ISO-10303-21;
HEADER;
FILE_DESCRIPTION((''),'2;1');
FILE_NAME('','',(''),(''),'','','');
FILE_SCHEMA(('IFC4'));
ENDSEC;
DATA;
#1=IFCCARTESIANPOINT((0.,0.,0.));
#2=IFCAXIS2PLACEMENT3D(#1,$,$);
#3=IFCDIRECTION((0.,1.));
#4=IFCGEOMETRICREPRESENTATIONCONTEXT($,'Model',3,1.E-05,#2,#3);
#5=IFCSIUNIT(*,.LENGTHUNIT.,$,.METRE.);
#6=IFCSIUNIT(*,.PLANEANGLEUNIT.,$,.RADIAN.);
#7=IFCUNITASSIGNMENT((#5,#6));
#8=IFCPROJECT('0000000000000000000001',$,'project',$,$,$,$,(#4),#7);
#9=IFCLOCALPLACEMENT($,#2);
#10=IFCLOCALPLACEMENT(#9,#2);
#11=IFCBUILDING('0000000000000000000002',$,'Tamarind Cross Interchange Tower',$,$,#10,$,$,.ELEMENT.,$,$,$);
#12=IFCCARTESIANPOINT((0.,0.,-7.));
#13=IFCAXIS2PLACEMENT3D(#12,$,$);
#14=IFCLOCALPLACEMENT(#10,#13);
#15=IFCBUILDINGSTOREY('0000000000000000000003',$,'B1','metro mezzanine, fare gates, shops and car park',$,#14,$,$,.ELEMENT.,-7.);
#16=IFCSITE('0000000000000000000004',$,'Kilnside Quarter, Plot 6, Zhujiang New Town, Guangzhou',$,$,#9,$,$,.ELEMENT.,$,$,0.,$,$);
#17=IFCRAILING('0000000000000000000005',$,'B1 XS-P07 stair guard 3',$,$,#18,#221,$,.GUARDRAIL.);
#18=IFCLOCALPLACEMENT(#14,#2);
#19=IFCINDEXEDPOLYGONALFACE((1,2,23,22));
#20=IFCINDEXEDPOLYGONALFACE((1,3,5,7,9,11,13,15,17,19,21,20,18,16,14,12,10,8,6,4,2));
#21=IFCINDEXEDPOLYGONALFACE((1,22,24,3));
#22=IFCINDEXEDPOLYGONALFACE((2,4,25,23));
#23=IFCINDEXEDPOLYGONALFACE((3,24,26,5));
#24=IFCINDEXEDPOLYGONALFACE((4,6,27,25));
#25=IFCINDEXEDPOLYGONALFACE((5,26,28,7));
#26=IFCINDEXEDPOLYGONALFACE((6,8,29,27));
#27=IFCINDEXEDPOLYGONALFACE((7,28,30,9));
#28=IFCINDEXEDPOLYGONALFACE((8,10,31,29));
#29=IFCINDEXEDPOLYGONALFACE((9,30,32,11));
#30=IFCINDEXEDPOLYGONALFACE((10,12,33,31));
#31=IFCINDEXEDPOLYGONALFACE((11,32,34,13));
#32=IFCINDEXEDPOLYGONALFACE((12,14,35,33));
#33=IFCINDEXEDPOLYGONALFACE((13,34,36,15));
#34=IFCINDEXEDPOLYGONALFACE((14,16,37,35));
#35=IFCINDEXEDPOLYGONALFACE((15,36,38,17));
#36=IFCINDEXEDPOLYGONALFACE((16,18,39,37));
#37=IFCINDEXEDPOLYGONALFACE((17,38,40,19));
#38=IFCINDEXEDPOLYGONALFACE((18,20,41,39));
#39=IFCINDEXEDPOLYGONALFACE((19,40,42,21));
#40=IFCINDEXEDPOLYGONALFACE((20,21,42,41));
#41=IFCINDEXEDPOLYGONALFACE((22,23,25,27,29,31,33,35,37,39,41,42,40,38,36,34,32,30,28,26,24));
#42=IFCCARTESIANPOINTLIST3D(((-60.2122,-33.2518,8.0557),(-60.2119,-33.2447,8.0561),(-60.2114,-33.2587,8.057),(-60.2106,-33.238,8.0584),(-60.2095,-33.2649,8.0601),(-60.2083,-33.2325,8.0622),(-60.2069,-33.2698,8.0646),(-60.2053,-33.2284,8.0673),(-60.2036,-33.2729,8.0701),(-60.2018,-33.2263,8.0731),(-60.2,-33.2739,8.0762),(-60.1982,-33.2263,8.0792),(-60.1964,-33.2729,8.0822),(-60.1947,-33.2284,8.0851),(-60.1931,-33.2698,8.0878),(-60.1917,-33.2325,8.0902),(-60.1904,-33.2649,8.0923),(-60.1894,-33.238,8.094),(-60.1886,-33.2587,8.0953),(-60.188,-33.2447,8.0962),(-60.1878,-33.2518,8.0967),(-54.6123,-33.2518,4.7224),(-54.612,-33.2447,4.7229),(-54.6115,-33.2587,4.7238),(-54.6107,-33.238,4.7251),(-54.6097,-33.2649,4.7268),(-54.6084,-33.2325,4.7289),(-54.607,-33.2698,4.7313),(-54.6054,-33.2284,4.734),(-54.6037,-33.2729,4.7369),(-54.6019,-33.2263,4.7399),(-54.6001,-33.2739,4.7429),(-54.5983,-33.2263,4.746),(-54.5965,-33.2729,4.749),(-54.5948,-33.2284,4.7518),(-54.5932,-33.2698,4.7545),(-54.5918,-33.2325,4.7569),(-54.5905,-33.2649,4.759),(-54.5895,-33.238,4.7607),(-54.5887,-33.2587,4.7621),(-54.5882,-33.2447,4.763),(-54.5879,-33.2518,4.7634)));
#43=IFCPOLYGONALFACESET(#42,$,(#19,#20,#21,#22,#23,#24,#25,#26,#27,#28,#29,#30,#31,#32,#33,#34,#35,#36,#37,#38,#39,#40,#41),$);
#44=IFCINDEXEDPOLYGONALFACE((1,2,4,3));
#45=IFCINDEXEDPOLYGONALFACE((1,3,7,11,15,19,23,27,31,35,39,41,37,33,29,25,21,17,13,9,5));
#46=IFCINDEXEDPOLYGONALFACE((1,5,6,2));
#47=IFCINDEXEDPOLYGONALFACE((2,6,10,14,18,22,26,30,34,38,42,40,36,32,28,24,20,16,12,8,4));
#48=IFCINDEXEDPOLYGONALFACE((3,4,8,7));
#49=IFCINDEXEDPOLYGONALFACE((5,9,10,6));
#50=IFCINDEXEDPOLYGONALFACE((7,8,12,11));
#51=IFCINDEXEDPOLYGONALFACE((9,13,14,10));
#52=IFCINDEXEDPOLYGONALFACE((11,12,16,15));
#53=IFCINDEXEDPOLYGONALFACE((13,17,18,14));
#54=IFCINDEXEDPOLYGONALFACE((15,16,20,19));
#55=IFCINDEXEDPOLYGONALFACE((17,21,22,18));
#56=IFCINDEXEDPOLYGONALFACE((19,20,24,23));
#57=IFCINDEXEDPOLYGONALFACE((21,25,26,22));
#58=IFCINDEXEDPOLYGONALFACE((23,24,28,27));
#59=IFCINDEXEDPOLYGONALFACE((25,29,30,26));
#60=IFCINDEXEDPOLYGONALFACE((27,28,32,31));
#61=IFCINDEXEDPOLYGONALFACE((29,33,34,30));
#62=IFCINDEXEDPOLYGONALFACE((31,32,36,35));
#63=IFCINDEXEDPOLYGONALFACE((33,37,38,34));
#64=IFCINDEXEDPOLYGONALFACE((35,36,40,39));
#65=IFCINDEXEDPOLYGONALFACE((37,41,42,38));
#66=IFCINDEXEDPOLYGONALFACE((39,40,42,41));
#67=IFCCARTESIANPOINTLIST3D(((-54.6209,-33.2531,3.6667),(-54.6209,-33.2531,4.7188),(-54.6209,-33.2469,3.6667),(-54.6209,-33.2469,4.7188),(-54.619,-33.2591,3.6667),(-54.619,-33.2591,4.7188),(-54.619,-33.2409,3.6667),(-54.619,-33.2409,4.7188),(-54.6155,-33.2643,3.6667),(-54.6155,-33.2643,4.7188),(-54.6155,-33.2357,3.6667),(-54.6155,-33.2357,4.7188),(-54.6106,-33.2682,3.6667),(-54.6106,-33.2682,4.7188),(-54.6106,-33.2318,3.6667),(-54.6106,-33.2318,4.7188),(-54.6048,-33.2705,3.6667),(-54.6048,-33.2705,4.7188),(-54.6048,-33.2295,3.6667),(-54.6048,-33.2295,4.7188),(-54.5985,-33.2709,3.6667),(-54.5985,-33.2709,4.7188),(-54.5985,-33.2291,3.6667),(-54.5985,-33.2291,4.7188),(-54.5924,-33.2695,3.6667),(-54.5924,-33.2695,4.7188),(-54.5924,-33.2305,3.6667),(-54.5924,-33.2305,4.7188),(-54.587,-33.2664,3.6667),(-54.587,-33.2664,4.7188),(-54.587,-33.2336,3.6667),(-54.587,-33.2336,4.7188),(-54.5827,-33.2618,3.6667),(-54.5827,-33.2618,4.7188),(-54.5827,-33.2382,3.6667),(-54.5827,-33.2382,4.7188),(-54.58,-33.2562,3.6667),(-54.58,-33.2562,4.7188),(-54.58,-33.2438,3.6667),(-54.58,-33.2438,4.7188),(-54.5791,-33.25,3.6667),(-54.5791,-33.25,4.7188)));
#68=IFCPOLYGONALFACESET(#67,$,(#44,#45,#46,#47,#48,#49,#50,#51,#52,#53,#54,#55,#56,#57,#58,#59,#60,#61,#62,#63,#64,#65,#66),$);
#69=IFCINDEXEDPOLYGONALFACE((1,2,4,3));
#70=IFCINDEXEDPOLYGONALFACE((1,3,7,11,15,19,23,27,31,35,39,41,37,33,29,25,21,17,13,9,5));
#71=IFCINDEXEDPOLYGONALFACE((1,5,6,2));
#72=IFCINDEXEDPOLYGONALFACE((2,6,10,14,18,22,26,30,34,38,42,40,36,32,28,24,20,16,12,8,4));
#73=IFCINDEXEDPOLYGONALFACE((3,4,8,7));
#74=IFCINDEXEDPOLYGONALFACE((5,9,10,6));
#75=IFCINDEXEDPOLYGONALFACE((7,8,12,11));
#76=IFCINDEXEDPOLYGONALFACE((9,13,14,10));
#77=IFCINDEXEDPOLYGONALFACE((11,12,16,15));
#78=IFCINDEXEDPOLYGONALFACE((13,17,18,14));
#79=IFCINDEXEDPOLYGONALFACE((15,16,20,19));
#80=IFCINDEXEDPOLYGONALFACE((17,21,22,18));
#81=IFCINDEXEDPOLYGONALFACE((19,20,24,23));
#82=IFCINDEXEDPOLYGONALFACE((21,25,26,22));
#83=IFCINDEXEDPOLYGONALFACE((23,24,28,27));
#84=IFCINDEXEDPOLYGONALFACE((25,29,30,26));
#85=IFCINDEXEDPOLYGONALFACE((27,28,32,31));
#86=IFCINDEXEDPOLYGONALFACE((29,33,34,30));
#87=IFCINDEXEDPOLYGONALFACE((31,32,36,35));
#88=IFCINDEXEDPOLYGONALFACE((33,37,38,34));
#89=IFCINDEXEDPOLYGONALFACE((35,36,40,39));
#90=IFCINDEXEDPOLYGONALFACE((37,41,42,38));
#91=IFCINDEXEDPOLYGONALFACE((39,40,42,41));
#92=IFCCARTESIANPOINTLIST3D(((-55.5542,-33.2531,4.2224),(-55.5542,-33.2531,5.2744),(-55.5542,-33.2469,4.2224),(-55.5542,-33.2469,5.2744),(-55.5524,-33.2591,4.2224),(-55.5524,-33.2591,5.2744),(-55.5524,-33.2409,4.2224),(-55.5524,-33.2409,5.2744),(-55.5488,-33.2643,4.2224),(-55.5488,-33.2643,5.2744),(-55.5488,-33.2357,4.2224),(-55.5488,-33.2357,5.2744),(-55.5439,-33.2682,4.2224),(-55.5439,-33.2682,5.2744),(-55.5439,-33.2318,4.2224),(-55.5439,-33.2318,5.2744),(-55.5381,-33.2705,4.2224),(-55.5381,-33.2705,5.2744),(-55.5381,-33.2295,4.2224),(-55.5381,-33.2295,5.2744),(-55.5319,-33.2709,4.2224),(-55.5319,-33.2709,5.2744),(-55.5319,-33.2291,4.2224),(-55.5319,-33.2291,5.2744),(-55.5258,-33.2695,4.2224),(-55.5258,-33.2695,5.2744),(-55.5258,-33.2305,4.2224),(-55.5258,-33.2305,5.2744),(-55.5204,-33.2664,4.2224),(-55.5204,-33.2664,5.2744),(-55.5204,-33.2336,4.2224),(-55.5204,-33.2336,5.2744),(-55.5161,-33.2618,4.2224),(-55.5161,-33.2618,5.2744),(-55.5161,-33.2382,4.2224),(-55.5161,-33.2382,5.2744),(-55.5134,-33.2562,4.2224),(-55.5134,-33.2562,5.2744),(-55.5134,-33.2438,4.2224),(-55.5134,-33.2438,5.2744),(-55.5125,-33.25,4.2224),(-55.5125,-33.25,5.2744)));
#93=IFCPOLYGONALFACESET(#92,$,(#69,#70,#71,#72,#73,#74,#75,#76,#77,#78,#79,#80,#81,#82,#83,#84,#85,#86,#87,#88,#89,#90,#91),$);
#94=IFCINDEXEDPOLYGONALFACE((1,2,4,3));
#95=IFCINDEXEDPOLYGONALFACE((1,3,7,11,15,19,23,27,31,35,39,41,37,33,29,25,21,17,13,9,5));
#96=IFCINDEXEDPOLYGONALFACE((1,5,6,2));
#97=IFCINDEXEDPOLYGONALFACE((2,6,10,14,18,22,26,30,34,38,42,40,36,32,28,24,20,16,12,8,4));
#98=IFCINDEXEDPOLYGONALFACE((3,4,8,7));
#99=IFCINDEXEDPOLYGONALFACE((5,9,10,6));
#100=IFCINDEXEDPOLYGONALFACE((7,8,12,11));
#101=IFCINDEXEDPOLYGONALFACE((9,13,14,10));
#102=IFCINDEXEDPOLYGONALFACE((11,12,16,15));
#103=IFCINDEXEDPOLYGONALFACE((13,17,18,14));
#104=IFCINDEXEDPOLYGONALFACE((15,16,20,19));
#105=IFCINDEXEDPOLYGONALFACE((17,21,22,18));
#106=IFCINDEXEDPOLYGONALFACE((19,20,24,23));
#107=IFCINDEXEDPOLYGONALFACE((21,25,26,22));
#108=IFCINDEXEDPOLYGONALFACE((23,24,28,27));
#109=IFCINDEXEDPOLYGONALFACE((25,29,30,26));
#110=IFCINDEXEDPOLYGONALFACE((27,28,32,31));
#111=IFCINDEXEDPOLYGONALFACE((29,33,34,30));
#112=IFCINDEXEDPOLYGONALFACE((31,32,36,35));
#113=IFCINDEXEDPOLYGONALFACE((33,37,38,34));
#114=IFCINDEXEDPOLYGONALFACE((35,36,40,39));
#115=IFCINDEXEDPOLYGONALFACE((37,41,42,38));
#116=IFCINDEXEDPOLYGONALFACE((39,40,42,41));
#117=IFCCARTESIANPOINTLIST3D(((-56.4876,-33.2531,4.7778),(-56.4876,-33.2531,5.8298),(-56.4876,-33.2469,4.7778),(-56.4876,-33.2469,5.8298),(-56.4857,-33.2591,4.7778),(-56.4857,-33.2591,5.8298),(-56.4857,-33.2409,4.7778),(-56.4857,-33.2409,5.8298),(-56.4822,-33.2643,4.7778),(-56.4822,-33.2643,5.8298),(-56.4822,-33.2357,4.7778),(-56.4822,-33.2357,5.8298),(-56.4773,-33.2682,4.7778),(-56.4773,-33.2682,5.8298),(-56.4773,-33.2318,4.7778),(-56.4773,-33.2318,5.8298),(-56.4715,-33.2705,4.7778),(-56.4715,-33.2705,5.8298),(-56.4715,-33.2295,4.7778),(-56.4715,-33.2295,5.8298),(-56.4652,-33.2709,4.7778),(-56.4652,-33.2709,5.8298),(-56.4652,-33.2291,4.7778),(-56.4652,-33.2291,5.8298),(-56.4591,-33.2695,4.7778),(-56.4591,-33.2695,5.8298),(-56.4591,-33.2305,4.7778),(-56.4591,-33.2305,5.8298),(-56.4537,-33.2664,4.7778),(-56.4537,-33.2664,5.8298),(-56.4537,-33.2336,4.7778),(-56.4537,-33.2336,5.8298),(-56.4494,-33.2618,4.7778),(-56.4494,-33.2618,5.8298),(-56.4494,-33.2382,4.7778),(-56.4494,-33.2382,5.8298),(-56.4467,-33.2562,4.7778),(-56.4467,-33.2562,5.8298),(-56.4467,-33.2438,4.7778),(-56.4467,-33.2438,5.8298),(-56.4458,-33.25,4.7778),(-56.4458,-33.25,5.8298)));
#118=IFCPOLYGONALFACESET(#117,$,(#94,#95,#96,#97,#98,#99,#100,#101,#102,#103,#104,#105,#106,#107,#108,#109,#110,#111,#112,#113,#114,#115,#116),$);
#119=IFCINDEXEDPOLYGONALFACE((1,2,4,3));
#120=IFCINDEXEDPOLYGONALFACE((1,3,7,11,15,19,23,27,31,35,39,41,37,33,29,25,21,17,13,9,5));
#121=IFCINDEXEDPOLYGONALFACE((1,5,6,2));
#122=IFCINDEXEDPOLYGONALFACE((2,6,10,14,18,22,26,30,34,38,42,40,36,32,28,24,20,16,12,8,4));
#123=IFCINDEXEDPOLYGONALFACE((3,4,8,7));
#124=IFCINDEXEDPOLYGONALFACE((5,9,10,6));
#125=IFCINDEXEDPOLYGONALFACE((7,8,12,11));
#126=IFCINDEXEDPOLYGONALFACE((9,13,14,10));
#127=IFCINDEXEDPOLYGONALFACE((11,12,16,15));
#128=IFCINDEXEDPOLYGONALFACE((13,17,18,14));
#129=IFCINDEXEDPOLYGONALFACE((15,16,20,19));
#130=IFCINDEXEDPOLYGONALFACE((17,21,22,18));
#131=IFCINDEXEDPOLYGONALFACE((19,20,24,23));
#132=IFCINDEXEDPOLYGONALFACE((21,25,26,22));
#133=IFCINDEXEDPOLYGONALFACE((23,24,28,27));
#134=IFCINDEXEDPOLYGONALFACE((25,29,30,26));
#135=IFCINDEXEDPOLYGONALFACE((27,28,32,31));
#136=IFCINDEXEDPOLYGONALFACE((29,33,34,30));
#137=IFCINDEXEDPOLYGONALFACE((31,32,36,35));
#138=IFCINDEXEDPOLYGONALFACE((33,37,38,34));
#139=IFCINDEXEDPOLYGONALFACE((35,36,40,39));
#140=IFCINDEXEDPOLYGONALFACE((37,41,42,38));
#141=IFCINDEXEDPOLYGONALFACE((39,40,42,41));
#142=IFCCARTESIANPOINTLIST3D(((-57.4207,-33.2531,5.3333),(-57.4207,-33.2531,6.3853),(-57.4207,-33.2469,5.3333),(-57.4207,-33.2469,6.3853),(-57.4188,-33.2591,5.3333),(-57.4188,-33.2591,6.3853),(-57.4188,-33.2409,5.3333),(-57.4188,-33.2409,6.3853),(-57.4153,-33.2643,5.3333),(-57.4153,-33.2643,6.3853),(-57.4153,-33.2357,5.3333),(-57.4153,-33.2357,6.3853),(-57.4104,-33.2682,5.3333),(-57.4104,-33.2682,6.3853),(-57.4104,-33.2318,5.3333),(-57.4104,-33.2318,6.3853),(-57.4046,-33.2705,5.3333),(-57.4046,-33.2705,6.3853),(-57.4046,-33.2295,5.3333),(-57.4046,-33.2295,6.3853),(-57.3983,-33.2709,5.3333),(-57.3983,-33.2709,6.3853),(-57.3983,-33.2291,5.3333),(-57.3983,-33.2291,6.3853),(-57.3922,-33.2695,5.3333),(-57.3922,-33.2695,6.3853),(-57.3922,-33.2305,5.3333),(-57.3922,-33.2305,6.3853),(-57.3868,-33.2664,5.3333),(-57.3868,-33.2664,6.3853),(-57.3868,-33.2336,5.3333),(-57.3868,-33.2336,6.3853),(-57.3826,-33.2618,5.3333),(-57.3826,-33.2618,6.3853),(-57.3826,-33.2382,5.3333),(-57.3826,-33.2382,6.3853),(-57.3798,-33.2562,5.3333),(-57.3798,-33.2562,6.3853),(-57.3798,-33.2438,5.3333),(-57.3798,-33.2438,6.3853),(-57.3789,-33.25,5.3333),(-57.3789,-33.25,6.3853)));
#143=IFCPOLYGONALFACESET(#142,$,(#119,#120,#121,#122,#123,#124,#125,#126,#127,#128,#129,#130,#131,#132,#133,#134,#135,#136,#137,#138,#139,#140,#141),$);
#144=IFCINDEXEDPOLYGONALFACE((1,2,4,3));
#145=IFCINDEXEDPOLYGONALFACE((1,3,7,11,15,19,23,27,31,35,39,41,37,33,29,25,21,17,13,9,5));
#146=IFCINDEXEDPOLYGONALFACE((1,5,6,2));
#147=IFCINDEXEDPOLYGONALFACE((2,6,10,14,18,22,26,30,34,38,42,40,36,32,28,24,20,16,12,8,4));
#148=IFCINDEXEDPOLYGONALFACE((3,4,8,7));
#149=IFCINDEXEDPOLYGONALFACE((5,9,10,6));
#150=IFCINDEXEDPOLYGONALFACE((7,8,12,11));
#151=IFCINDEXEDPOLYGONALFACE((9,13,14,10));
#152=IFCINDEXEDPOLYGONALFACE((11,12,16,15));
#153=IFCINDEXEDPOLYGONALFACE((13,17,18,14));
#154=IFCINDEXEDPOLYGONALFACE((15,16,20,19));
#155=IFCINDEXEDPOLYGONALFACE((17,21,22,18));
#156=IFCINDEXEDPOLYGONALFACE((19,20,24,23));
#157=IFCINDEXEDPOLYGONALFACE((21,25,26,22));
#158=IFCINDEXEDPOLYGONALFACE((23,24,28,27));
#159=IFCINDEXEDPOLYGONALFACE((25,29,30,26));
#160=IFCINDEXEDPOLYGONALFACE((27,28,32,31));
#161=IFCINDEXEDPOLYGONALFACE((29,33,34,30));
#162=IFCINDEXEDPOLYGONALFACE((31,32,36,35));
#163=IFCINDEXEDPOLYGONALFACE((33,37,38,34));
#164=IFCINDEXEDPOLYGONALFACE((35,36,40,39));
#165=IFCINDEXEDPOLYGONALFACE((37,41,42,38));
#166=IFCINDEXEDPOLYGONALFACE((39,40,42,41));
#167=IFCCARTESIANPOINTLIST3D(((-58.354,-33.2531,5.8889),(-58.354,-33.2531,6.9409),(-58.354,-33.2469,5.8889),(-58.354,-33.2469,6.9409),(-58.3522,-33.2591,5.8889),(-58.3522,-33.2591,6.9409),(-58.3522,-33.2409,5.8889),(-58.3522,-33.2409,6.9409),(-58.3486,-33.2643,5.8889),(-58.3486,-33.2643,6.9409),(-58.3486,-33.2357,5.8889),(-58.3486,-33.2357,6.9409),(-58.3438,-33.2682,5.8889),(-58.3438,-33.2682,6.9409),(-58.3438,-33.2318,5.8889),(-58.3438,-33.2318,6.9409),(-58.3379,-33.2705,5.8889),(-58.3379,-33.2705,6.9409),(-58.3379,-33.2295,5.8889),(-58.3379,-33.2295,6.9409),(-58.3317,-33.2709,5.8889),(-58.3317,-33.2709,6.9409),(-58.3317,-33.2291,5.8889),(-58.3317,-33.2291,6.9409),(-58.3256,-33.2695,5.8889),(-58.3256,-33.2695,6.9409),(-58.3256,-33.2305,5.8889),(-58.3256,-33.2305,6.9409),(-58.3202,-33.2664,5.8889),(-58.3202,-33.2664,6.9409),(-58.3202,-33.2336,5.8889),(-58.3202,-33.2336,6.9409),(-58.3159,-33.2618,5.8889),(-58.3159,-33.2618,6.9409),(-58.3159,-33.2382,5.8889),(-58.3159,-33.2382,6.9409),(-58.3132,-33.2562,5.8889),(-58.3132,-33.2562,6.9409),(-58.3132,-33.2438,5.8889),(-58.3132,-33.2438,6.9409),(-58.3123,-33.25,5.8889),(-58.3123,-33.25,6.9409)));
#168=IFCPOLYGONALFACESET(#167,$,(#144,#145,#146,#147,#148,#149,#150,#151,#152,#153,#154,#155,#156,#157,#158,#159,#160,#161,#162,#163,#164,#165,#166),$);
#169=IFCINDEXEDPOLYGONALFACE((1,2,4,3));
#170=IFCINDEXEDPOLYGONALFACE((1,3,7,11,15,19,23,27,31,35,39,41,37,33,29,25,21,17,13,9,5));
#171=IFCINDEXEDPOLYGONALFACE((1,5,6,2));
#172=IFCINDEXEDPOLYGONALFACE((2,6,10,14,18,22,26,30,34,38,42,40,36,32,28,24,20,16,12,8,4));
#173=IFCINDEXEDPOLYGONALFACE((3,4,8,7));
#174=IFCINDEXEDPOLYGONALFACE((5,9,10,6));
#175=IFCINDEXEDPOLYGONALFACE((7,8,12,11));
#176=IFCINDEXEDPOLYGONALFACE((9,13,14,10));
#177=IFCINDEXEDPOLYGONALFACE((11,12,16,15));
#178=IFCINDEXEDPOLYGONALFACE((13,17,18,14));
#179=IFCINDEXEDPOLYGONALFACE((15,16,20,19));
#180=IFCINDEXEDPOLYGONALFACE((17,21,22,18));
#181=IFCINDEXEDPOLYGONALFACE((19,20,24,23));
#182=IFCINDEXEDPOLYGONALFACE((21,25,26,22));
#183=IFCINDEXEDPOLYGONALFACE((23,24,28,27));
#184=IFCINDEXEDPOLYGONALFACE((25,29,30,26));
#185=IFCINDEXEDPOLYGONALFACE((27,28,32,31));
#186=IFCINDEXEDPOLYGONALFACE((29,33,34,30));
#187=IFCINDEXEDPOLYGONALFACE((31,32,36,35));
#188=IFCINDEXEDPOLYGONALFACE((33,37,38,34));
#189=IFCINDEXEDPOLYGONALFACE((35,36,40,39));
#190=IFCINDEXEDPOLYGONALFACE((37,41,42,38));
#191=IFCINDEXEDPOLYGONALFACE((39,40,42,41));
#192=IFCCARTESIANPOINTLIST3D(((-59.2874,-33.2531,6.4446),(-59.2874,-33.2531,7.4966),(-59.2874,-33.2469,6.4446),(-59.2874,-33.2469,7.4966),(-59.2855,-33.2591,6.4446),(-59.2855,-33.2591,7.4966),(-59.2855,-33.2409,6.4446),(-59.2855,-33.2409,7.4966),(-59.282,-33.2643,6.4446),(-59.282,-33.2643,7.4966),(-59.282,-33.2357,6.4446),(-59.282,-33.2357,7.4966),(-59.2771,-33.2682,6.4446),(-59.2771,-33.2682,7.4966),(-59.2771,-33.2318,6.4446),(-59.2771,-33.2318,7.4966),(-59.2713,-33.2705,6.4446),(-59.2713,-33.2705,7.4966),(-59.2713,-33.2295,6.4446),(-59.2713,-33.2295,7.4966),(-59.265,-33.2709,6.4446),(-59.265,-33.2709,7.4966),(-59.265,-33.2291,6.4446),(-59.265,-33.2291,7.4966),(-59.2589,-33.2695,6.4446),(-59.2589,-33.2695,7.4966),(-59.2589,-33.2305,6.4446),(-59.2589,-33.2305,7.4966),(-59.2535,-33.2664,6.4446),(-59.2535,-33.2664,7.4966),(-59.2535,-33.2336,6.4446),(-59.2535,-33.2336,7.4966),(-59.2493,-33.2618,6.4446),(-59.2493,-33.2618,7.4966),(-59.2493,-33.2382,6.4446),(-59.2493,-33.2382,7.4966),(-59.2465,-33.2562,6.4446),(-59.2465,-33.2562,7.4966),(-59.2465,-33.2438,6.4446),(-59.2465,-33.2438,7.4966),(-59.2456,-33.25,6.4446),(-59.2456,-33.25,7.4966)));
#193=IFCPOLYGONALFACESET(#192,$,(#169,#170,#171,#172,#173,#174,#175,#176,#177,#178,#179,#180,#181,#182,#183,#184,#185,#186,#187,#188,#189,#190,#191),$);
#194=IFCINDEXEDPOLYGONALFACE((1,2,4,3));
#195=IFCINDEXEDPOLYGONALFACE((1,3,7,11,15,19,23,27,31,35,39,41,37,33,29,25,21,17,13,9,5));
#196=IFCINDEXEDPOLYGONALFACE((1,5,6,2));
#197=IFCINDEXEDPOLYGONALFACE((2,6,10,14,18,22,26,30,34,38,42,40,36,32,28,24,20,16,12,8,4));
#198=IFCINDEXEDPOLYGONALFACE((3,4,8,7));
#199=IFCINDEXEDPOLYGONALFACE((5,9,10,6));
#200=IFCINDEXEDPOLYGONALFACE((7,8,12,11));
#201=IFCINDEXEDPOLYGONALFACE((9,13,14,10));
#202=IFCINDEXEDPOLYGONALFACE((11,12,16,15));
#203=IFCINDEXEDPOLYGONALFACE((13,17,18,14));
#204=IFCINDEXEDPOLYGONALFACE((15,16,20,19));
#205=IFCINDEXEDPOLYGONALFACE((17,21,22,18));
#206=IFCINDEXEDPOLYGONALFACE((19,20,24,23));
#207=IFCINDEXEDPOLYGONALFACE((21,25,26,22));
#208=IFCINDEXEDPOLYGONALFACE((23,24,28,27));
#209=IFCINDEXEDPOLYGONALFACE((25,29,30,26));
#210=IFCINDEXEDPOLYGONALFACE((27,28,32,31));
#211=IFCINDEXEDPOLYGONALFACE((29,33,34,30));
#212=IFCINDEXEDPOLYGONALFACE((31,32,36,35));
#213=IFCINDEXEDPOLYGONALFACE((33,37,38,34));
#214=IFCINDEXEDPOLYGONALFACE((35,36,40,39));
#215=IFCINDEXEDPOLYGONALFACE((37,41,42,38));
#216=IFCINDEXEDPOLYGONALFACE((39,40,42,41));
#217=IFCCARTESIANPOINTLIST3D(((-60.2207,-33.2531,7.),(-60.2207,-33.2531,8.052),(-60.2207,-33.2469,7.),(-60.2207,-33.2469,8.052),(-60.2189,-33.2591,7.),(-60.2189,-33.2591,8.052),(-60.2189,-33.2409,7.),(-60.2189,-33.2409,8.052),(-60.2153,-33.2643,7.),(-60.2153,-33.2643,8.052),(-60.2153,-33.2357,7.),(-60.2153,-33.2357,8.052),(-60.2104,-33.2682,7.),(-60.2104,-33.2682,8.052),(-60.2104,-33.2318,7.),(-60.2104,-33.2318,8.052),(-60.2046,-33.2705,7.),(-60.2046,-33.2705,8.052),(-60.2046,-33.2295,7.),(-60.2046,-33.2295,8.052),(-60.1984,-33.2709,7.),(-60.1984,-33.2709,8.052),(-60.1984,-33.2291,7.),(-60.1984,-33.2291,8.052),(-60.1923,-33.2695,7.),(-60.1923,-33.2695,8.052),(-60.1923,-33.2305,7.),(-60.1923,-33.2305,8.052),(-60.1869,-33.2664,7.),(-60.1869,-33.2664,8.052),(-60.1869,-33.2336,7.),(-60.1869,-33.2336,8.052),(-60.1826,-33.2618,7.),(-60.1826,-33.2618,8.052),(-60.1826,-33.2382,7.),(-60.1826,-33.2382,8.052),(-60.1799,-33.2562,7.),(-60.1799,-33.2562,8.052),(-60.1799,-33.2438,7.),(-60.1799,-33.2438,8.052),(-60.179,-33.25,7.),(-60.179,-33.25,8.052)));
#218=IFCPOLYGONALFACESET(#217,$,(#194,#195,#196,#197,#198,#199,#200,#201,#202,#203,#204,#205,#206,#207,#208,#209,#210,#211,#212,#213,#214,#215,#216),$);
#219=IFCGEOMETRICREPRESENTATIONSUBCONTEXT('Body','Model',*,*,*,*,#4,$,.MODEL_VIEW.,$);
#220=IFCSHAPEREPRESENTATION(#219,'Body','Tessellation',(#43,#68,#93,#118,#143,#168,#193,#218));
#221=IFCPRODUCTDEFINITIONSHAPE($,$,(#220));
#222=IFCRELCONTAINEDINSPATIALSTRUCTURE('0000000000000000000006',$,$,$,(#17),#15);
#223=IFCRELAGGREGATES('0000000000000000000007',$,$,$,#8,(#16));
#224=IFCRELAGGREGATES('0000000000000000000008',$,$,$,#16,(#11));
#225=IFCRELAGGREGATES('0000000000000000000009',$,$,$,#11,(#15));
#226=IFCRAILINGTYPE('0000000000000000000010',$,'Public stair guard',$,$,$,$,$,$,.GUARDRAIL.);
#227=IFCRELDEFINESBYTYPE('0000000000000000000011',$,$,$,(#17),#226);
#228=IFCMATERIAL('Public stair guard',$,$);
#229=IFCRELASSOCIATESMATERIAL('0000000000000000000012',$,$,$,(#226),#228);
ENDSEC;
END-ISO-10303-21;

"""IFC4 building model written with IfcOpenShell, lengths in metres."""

from ifc_helpers import new_model, si_unit, direction, frame, origin, origin_2d, place, context, subcontext, project, spatial, circle, extrude, material, type_object, element, save


model = new_model("IFC4")

# Units and contexts
model_context = context("Model", 3, precision=1e-05, world=origin(), true_north=direction((0.0, 1.0)))
body_context = subcontext(model_context, "Body", "Model", "MODEL_VIEW")
ifc_project = project(units=[si_unit("LENGTHUNIT", "METRE"), si_unit("PLANEANGLEUNIT", "RADIAN")], contexts=[model_context])

# Site, building, storey
site_placement = place(None, origin())
site = spatial("IfcSite", under=ifc_project, at=site_placement, Name="Kilnside Quarter, Plot 6, Zhujiang New Town, Guangzhou", CompositionType="ELEMENT", RefElevation=0.0)
building_placement = place(site_placement, origin())
building = spatial("IfcBuilding", under=site, at=building_placement, Name="Tamarind Cross Interchange Tower", CompositionType="ELEMENT")
storey_placement = place(building_placement, frame((0.0, 0.0, -7.0)))
storey = spatial("IfcBuildingStorey", under=building, at=storey_placement, Name="B1", Description="metro mezzanine, fare gates, shops and car park", CompositionType="ELEMENT", Elevation=-7.0)

# Railing
ifc_material_1 = material(Name="Public stair guard")
railing_type_1 = type_object("IfcRailingType", Name="Public stair guard", PredefinedType="GUARDRAIL", material=ifc_material_1)
railing_1_placement = place(storey_placement, frame((-54.6001, -33.25, 3.6667)))
element("IfcRailing", 1, at=railing_1_placement, inside=storey, type_object=railing_type_1, Name="B1 XS-P07 stair guard 3", PredefinedType="GUARDRAIL", context=body_context, shape_type="SweptSolid", body=[
    extrude(circle(Radius=0.0239, at=origin_2d()), frame((0.0, 0.0, 1.0762), z_axis=(-0.859292, 0.0, 0.511485), x_axis=(0.0, -1.0, 0.0)), (0.0, 0.0, 1.0), 6.5168),
    extrude(circle(Radius=0.021, at=origin_2d()), origin(), (0.0, 0.0, 1.0), 1.052),
    extrude(circle(Radius=0.021, at=origin_2d()), frame((-0.9333, 0.0, 0.5557)), (0.0, 0.0, 1.0), 1.052),
    extrude(circle(Radius=0.021, at=origin_2d()), frame((-1.8667, 0.0, 1.1111)), (0.0, 0.0, 1.0), 1.052),
    extrude(circle(Radius=0.021, at=origin_2d()), frame((-2.7998, 0.0, 1.6665)), (0.0, 0.0, 1.0), 1.052),
    extrude(circle(Radius=0.021, at=origin_2d()), frame((-3.7332, 0.0, 2.2222)), (0.0, 0.0, 1.0), 1.052),
    extrude(circle(Radius=0.021, at=origin_2d()), frame((-4.6665, 0.0, 2.7778)), (0.0, 0.0, 1.0), 1.052),
    extrude(circle(Radius=0.021, at=origin_2d()), frame((-5.5999, 0.0, 3.3333)), (0.0, 0.0, 1.0), 1.052),
])

save(model, "model.ifc")
